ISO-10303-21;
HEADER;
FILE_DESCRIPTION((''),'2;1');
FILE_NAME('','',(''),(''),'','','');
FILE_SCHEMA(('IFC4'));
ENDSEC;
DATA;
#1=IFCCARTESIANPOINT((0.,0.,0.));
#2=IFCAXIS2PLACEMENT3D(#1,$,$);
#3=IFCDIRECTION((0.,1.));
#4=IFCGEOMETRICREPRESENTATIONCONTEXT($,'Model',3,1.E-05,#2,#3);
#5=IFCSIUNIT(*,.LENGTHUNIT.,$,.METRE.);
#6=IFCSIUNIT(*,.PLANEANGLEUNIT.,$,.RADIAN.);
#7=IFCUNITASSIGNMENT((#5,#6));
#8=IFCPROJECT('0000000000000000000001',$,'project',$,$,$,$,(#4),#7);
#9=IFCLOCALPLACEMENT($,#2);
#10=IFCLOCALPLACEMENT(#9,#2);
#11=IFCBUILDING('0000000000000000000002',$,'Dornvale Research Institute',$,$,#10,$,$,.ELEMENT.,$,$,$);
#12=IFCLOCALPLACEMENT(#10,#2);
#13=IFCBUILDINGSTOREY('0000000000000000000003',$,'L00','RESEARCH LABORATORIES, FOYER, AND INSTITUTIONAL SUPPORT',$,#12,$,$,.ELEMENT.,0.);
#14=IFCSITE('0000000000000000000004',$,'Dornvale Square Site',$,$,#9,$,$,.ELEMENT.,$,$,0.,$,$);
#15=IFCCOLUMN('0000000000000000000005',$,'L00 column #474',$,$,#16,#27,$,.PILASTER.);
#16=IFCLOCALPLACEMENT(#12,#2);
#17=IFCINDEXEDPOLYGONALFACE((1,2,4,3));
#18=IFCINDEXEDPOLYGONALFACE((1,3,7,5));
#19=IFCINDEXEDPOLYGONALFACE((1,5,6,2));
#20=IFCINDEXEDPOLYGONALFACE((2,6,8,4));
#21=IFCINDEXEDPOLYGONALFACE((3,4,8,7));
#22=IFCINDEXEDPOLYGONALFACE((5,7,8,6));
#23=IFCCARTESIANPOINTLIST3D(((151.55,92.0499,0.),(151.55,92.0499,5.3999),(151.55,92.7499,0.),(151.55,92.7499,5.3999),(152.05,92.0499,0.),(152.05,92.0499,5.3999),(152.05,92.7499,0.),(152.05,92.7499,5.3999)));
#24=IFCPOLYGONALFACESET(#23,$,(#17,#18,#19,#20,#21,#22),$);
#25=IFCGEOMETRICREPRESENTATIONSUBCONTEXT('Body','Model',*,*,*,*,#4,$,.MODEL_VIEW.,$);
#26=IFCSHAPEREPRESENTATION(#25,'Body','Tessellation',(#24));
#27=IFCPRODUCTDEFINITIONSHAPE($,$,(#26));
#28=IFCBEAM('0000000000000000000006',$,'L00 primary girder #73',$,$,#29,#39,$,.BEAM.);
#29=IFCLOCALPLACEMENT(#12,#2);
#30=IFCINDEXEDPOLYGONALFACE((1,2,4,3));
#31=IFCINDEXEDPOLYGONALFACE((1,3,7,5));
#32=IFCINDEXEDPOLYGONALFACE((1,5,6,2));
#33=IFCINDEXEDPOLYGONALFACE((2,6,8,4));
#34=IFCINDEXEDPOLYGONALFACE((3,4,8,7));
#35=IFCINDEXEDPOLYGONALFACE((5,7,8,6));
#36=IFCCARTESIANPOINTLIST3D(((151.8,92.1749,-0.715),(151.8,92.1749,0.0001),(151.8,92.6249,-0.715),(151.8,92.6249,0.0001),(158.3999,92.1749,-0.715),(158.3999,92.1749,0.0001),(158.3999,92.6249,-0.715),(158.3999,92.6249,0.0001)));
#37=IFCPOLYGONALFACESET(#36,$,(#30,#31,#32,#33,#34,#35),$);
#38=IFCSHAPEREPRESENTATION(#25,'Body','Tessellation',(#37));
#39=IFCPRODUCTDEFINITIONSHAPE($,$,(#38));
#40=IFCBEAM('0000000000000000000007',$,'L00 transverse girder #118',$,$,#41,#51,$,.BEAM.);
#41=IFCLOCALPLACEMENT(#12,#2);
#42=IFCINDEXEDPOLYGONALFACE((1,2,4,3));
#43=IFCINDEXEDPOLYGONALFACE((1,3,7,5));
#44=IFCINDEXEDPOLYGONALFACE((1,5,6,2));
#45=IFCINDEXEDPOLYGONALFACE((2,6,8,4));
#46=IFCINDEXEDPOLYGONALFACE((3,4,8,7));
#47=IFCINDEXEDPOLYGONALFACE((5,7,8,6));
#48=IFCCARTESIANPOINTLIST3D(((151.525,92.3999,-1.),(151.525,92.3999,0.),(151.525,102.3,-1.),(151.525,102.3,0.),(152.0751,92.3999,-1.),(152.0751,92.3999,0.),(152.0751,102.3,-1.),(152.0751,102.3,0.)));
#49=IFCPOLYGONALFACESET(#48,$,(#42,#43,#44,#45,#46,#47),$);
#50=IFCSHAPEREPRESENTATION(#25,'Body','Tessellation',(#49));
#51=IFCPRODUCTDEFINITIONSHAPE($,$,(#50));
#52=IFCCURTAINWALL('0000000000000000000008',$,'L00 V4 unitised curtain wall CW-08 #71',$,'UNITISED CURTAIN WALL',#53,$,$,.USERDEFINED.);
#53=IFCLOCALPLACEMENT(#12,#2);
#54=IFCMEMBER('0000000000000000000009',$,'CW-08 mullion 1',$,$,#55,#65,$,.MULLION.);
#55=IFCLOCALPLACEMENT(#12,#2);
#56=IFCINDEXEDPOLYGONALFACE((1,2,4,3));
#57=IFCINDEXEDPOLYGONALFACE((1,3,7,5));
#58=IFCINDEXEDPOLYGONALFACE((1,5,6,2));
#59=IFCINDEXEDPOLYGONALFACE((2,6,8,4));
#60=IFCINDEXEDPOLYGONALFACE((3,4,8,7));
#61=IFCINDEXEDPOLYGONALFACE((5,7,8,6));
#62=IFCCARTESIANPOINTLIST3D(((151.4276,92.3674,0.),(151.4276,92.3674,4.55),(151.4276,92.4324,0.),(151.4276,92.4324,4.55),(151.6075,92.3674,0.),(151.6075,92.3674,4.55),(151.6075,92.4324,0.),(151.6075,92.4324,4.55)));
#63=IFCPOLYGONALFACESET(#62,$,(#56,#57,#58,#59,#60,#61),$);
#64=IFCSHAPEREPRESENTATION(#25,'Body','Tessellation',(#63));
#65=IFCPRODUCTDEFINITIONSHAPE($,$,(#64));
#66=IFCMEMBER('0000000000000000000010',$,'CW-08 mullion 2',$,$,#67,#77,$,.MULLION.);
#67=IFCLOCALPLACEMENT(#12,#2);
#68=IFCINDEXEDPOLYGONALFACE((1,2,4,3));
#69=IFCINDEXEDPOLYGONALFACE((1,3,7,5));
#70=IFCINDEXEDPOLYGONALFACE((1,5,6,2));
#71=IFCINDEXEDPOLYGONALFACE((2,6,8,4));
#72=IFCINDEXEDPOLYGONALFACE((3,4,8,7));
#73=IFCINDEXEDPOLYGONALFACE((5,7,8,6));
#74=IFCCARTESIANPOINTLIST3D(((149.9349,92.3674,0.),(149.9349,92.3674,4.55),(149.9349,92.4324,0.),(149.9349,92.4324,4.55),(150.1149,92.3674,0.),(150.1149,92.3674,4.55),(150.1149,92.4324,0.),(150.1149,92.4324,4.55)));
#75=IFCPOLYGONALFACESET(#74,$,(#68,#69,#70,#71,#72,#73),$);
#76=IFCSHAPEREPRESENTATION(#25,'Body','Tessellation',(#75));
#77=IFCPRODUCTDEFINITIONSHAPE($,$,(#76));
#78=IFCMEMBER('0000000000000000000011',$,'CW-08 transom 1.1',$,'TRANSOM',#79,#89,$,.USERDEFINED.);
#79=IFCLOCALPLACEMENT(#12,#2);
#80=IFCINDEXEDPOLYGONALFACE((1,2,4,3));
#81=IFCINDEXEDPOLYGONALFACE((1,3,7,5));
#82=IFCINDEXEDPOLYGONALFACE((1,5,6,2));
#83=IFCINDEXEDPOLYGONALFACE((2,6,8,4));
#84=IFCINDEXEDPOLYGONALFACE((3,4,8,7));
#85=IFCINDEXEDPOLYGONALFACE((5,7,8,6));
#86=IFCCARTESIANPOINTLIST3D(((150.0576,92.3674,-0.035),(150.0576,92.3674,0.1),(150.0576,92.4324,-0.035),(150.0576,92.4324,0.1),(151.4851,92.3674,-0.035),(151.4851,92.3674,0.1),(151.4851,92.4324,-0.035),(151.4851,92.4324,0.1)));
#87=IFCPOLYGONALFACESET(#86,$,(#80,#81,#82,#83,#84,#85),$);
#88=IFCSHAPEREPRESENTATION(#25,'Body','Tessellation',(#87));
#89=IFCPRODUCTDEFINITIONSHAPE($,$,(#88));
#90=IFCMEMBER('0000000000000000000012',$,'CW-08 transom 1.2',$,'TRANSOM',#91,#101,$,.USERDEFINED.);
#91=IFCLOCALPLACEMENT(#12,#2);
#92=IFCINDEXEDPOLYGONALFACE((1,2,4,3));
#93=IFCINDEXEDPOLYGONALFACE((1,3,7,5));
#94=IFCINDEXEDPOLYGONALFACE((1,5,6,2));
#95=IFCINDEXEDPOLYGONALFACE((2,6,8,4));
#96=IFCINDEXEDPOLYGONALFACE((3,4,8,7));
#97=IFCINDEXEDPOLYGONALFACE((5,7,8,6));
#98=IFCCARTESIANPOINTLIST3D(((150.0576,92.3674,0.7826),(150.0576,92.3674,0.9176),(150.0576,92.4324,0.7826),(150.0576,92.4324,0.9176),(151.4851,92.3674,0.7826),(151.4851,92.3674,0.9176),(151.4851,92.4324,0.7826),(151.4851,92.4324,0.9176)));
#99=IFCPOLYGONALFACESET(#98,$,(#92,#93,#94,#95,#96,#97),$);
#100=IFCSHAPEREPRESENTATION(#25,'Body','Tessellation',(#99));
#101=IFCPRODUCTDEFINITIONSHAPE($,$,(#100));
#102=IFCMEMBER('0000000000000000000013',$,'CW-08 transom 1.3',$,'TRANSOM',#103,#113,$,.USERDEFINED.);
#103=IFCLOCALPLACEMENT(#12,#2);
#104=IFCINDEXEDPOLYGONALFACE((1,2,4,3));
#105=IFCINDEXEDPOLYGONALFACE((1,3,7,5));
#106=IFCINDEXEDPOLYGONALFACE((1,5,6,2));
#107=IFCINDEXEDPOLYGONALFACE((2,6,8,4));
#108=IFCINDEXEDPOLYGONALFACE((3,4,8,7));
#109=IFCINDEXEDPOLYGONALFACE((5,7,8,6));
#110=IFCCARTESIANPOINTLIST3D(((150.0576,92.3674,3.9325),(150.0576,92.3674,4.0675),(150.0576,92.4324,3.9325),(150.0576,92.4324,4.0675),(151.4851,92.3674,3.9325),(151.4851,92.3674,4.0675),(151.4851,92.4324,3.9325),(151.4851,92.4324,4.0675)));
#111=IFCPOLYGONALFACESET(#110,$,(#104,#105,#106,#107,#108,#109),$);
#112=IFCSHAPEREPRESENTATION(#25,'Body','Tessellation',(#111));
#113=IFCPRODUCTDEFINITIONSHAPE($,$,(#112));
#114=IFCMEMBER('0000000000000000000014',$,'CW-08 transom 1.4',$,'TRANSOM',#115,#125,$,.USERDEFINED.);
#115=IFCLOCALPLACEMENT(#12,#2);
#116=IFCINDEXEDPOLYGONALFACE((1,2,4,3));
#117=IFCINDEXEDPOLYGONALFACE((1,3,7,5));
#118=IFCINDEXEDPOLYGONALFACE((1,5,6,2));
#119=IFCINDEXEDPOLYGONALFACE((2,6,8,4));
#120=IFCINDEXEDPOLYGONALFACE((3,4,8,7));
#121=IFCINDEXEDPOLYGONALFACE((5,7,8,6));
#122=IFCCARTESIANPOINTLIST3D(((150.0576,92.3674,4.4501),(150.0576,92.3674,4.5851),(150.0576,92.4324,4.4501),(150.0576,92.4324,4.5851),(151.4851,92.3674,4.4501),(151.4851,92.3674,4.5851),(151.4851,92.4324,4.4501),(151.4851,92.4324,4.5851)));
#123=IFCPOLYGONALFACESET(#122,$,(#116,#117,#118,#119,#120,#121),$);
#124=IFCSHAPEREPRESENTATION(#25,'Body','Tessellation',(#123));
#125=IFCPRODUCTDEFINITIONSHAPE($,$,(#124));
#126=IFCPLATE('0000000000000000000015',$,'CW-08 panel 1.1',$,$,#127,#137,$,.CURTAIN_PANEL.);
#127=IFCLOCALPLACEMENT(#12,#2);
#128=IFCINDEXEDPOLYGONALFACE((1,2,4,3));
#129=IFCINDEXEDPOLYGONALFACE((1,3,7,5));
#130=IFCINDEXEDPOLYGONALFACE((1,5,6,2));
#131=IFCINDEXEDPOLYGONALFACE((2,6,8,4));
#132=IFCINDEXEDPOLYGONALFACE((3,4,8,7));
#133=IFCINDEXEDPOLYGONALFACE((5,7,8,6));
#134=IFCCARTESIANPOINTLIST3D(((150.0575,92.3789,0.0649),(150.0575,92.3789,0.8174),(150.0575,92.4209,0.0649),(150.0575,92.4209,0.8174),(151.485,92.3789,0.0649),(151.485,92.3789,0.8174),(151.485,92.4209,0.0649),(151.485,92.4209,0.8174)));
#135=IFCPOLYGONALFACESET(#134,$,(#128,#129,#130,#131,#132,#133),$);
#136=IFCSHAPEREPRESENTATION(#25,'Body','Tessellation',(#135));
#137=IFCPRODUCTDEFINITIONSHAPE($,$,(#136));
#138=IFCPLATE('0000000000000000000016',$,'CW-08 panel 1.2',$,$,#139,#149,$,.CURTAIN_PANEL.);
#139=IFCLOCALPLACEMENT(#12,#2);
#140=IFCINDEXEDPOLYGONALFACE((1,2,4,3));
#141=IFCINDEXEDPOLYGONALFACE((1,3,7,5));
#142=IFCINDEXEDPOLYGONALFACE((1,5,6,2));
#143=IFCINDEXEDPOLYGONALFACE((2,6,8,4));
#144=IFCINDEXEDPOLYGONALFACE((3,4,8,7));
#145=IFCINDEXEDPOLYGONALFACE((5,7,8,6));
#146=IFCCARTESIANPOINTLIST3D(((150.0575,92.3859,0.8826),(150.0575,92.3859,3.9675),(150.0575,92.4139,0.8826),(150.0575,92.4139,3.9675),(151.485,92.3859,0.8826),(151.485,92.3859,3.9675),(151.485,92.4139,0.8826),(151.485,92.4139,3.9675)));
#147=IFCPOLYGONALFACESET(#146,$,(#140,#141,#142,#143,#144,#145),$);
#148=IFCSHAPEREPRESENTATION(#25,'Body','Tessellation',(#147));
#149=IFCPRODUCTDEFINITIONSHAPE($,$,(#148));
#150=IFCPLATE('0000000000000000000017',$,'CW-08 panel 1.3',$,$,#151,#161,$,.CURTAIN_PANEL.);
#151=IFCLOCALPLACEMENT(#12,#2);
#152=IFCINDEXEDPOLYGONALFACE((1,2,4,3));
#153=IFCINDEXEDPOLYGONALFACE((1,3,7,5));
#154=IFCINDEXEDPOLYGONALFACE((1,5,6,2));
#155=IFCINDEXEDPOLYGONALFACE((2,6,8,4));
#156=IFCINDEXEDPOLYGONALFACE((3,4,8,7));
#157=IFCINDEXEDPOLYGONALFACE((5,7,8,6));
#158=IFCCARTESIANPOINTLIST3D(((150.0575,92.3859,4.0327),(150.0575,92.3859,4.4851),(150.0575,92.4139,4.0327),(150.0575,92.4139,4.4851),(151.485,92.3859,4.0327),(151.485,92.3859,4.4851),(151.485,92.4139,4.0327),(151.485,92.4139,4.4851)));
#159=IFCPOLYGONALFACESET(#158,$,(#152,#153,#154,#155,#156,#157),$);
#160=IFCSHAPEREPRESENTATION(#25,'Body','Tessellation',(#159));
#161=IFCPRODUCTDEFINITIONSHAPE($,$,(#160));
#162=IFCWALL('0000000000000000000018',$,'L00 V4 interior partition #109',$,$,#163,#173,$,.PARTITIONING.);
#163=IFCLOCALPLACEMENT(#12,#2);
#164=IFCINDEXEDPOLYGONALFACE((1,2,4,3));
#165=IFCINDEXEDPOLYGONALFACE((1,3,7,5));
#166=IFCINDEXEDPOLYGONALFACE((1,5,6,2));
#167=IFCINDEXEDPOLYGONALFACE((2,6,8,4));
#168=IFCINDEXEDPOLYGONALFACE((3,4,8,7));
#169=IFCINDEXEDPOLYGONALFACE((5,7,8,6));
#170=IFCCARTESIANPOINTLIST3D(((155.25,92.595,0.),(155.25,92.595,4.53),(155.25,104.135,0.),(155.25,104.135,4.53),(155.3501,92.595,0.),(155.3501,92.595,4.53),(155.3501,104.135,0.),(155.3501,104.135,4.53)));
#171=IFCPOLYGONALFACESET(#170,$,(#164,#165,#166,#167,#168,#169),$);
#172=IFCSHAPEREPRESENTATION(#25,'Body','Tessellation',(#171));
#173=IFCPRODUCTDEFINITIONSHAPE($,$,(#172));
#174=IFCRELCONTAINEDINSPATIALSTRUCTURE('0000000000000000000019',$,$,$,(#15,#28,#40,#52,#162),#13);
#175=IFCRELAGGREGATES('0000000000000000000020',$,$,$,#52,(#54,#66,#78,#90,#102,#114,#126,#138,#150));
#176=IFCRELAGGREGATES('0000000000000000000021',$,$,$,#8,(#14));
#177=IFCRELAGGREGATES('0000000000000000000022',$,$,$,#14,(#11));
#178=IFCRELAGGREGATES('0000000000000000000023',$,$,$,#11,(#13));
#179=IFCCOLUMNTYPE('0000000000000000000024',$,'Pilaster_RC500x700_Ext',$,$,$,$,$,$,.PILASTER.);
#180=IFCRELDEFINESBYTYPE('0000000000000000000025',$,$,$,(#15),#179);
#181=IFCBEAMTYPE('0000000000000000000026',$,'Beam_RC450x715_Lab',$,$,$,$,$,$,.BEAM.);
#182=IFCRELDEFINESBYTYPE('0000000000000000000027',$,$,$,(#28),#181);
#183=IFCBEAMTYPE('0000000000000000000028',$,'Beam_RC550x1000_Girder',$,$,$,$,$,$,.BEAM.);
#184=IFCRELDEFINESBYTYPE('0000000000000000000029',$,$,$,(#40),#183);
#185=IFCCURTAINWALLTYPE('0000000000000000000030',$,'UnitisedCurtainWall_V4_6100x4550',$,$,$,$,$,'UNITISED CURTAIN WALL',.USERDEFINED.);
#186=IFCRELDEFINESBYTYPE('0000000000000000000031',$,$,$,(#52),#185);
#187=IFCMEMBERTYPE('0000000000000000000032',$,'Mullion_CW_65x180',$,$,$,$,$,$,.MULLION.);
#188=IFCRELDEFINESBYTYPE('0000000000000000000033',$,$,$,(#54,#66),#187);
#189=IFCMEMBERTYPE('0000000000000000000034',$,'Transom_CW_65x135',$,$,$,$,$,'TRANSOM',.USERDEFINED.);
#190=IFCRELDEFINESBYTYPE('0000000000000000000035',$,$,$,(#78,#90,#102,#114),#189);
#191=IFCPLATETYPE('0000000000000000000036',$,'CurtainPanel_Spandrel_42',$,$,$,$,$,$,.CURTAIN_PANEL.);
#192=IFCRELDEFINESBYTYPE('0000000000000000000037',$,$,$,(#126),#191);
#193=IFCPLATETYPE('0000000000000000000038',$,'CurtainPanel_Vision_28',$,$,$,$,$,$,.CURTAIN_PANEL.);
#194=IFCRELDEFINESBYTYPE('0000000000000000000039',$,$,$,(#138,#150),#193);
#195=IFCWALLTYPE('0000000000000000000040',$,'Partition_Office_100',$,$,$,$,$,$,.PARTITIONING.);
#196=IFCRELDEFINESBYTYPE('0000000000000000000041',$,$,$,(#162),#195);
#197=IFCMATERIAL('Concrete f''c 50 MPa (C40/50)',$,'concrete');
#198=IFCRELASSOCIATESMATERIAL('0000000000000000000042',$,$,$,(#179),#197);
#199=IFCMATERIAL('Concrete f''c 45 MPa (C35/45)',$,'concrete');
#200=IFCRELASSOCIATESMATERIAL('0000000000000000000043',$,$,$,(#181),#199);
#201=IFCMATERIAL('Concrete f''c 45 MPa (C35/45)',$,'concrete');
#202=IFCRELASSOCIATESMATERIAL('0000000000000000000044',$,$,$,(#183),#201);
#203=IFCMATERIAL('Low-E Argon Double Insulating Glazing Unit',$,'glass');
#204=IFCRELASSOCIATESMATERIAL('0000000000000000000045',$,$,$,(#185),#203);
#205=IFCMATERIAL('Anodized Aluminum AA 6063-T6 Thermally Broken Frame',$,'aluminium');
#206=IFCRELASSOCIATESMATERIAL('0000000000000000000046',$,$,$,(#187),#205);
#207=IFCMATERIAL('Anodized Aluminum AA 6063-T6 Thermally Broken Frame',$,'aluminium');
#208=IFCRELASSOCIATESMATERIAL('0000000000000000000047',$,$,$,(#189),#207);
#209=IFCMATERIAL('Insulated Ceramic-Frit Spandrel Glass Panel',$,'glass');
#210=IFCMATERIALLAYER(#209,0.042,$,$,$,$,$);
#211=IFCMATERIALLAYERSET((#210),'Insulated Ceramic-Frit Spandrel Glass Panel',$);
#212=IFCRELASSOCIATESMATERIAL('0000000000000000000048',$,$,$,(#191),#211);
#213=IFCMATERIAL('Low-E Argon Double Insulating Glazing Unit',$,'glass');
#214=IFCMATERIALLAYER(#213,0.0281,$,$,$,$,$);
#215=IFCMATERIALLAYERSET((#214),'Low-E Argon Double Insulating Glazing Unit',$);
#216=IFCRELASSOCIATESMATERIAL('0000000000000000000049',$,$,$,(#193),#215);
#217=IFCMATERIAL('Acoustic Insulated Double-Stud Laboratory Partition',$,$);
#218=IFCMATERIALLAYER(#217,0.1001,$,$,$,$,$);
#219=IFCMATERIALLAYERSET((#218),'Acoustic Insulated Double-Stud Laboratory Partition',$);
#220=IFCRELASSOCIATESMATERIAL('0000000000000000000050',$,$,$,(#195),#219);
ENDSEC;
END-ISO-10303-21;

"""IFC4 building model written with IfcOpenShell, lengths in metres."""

from ifc_helpers import new_model, si_unit, direction, frame, frame_2d, origin, origin_2d, place, context, subcontext, project, spatial, rectangle, extrude, material, layer, layer_set, material_profile, profile_set, type_object, element, aggregate, save


model = new_model("IFC4")

# Units and contexts
model_context = context("Model", 3, precision=1e-05, world=origin(), true_north=direction((0.0, 1.0)))
body_context = subcontext(model_context, "Body", "Model", "MODEL_VIEW")
ifc_project = project(units=[si_unit("LENGTHUNIT", "METRE"), si_unit("PLANEANGLEUNIT", "RADIAN")], contexts=[model_context])

# Site, building, storey
site_placement = place(None, origin())
site = spatial("IfcSite", under=ifc_project, at=site_placement, Name="Dornvale Square Site", CompositionType="ELEMENT", RefElevation=0.0)
building_placement = place(site_placement, origin())
building = spatial("IfcBuilding", under=site, at=building_placement, Name="Dornvale Research Institute", CompositionType="ELEMENT")
storey_placement = place(building_placement, origin())
storey = spatial("IfcBuildingStorey", under=building, at=storey_placement, Name="L00", Description="RESEARCH LABORATORIES, FOYER, AND INSTITUTIONAL SUPPORT", CompositionType="ELEMENT", Elevation=0.0)

# Column
ifc_material_1 = material(Name="Concrete f'c 50 MPa (C40/50)", Category="concrete")
ifc_material_profile_1 = material_profile(ifc_material_1, rectangle(XDim=0.5, YDim=0.7, at=origin_2d()), Name="RC 500x700")
ifc_profile_set_1 = profile_set([ifc_material_profile_1], Name="Concrete f'c 50 MPa (C40/50)")
column_type = type_object("IfcColumnType", Name="Pilaster_RC500x700_Ext", PredefinedType="PILASTER", material=ifc_profile_set_1)
column_placement = place(storey_placement, frame((151.8, 92.3999, 0.0), z_axis=(0.0, 0.0, 1.0), x_axis=(1.0, 0.0, 0.0)))
element("IfcColumn", 1, at=column_placement, inside=storey, type_object=column_type, Name="L00 column #474", PredefinedType="PILASTER", context=body_context, shape_type="SweptSolid", body=[
    extrude(rectangle(XDim=0.5, YDim=0.7, at=origin_2d()), origin(), (0.0, 0.0, 1.0), 5.3999),
])

# Beams
ifc_material_2 = material(Name="Concrete f'c 45 MPa (C35/45)", Category="concrete")
ifc_material_profile_2 = material_profile(ifc_material_2, rectangle(XDim=0.45, YDim=0.7151, at=origin_2d()), Name="RC 450x715")
ifc_profile_set_2 = profile_set([ifc_material_profile_2], Name="Concrete f'c 45 MPa (C35/45)")
beam_type_1 = type_object("IfcBeamType", Name="Beam_RC450x715_Lab", PredefinedType="BEAM", material=ifc_profile_set_2)
beam_1_placement = place(storey_placement, frame((151.8, 92.3999, -0.3574), z_axis=(1.0, 0.0, 0.0), x_axis=(0.0, 1.0, 0.0)))
element("IfcBeam", 2, at=beam_1_placement, inside=storey, type_object=beam_type_1, Name="L00 primary girder #73", PredefinedType="BEAM", context=body_context, shape_type="SweptSolid", body=[
    extrude(rectangle(XDim=0.45, YDim=0.7151, at=origin_2d()), origin(), (0.0, 0.0, 1.0), 6.5999),
])
ifc_material_3 = material(Name="Concrete f'c 45 MPa (C35/45)", Category="concrete")
ifc_material_profile_3 = material_profile(ifc_material_3, rectangle(XDim=0.55, YDim=1.0, at=origin_2d()), Name="RC 550x1000")
ifc_profile_set_3 = profile_set([ifc_material_profile_3], Name="Concrete f'c 45 MPa (C35/45)")
beam_type_2 = type_object("IfcBeamType", Name="Beam_RC550x1000_Girder", PredefinedType="BEAM", material=ifc_profile_set_3)
beam_2_placement = place(storey_placement, frame((151.8, 92.3999, -0.5), z_axis=(0.0, 1.0, 0.0), x_axis=(-1.0, 0.0, 0.0)))
element("IfcBeam", 3, at=beam_2_placement, inside=storey, type_object=beam_type_2, Name="L00 transverse girder #118", PredefinedType="BEAM", context=body_context, shape_type="SweptSolid", body=[
    extrude(rectangle(XDim=0.55, YDim=1.0, at=origin_2d()), origin(), (0.0, 0.0, 1.0), 9.9001),
])

# Curtain wall, members, plates
ifc_material_4 = material(Name="Low-E Argon Double Insulating Glazing Unit", Category="glass")
curtain_wall_type = type_object("IfcCurtainWallType", Name="UnitisedCurtainWall_V4_6100x4550", ElementType="UNITISED CURTAIN WALL", PredefinedType="USERDEFINED", material=ifc_material_4)
curtain_wall_placement = place(storey_placement, origin())
curtain_wall = element("IfcCurtainWall", 4, at=curtain_wall_placement, inside=storey, type_object=curtain_wall_type, Name="L00 V4 unitised curtain wall CW-08 #71", ObjectType="UNITISED CURTAIN WALL", PredefinedType="USERDEFINED")
ifc_material_5 = material(Name="Anodized Aluminum AA 6063-T6 Thermally Broken Frame", Category="aluminium")
ifc_material_profile_4 = material_profile(ifc_material_5, rectangle(XDim=0.0649, YDim=0.1799, at=origin_2d()), Name="ALU MULLION 65x180")
ifc_profile_set_4 = profile_set([ifc_material_profile_4], Name="Anodized Aluminum AA 6063-T6 Thermally Broken Frame")
member_type_1 = type_object("IfcMemberType", Name="Mullion_CW_65x180", PredefinedType="MULLION", material=ifc_profile_set_4)
member_1_placement = place(storey_placement, frame((151.5176, 92.3999, 0.0), z_axis=(0.0, 0.0, 1.0), x_axis=(0.0, -1.0, 0.0)))
member_1 = element("IfcMember", 5, at=member_1_placement, type_object=member_type_1, Name="CW-08 mullion 1", PredefinedType="MULLION", context=body_context, shape_type="SweptSolid", body=[
    extrude(rectangle(XDim=0.0649, YDim=0.1799, at=origin_2d()), origin(), (0.0, 0.0, 1.0), 4.55),
])
member_2_placement = place(storey_placement, frame((150.0249, 92.3999, 0.0), z_axis=(0.0, 0.0, 1.0), x_axis=(0.0, -1.0, 0.0)))
member_2 = element("IfcMember", 6, at=member_2_placement, type_object=member_type_1, Name="CW-08 mullion 2", PredefinedType="MULLION", context=body_context, shape_type="SweptSolid", body=[
    extrude(rectangle(XDim=0.0649, YDim=0.1799, at=origin_2d()), origin(), (0.0, 0.0, 1.0), 4.55),
])
ifc_material_6 = material(Name="Anodized Aluminum AA 6063-T6 Thermally Broken Frame", Category="aluminium")
ifc_material_profile_5 = material_profile(ifc_material_6, rectangle(XDim=0.0649, YDim=0.135, at=origin_2d()), Name="ALU TRANSOM 65x135")
ifc_profile_set_5 = profile_set([ifc_material_profile_5], Name="Anodized Aluminum AA 6063-T6 Thermally Broken Frame")
member_type_2 = type_object("IfcMemberType", Name="Transom_CW_65x135", ElementType="TRANSOM", PredefinedType="USERDEFINED", material=ifc_profile_set_5)
member_3_placement = place(storey_placement, frame((151.4851, 92.3999, 0.0325), z_axis=(-1.0, 0.0, 0.0), x_axis=(0.0, -1.0, 0.0)))
member_3 = element("IfcMember", 7, at=member_3_placement, type_object=member_type_2, Name="CW-08 transom 1.1", ObjectType="TRANSOM", PredefinedType="USERDEFINED", context=body_context, shape_type="SweptSolid", body=[
    extrude(rectangle(XDim=0.0649, YDim=0.135, at=origin_2d()), origin(), (0.0, 0.0, 1.0), 1.4275),
])
member_4_placement = place(storey_placement, frame((151.4851, 92.3999, 0.8501), z_axis=(-1.0, 0.0, 0.0), x_axis=(0.0, -1.0, 0.0)))
member_4 = element("IfcMember", 8, at=member_4_placement, type_object=member_type_2, Name="CW-08 transom 1.2", ObjectType="TRANSOM", PredefinedType="USERDEFINED", context=body_context, shape_type="SweptSolid", body=[
    extrude(rectangle(XDim=0.0649, YDim=0.135, at=origin_2d()), origin(), (0.0, 0.0, 1.0), 1.4275),
])
member_5_placement = place(storey_placement, frame((151.4851, 92.3999, 4.0), z_axis=(-1.0, 0.0, 0.0), x_axis=(0.0, -1.0, 0.0)))
member_5 = element("IfcMember", 9, at=member_5_placement, type_object=member_type_2, Name="CW-08 transom 1.3", ObjectType="TRANSOM", PredefinedType="USERDEFINED", context=body_context, shape_type="SweptSolid", body=[
    extrude(rectangle(XDim=0.0649, YDim=0.135, at=origin_2d()), origin(), (0.0, 0.0, 1.0), 1.4275),
])
member_6_placement = place(storey_placement, frame((151.4851, 92.3999, 4.5176), z_axis=(-1.0, 0.0, 0.0), x_axis=(0.0, -1.0, 0.0)))
member_6 = element("IfcMember", 10, at=member_6_placement, type_object=member_type_2, Name="CW-08 transom 1.4", ObjectType="TRANSOM", PredefinedType="USERDEFINED", context=body_context, shape_type="SweptSolid", body=[
    extrude(rectangle(XDim=0.0649, YDim=0.135, at=origin_2d()), origin(), (0.0, 0.0, 1.0), 1.4275),
])
ifc_material_7 = material(Name="Insulated Ceramic-Frit Spandrel Glass Panel", Category="glass")
ifc_layer_1 = layer(ifc_material_7, 0.042)
ifc_layer_set_1 = layer_set([ifc_layer_1], Name="Insulated Ceramic-Frit Spandrel Glass Panel")
plate_type_1 = type_object("IfcPlateType", Name="CurtainPanel_Spandrel_42", PredefinedType="CURTAIN_PANEL", material=ifc_layer_set_1)
plate_1_placement = place(storey_placement, frame((150.7712, 92.3999, 0.0649), z_axis=(0.0, 0.0, 1.0), x_axis=(-1.0, 0.0, 0.0)))
plate_1 = element("IfcPlate", 11, at=plate_1_placement, type_object=plate_type_1, Name="CW-08 panel 1.1", PredefinedType="CURTAIN_PANEL", context=body_context, shape_type="SweptSolid", body=[
    extrude(rectangle(XDim=1.4275, YDim=0.042, at=origin_2d()), origin(), (0.0, 0.0, 1.0), 0.7524),
])
ifc_material_8 = material(Name="Low-E Argon Double Insulating Glazing Unit", Category="glass")
ifc_layer_2 = layer(ifc_material_8, 0.0281)
ifc_layer_set_2 = layer_set([ifc_layer_2], Name="Low-E Argon Double Insulating Glazing Unit")
plate_type_2 = type_object("IfcPlateType", Name="CurtainPanel_Vision_28", PredefinedType="CURTAIN_PANEL", material=ifc_layer_set_2)
plate_2_placement = place(storey_placement, frame((150.7712, 92.3999, 0.8826), z_axis=(0.0, 0.0, 1.0), x_axis=(-1.0, 0.0, 0.0)))
plate_2 = element("IfcPlate", 12, at=plate_2_placement, type_object=plate_type_2, Name="CW-08 panel 1.2", PredefinedType="CURTAIN_PANEL", context=body_context, shape_type="SweptSolid", body=[
    extrude(rectangle(XDim=1.4275, YDim=0.0281, at=origin_2d()), origin(), (0.0, 0.0, 1.0), 3.085),
])
plate_3_placement = place(storey_placement, frame((150.7712, 92.3999, 4.0327), z_axis=(0.0, 0.0, 1.0), x_axis=(-1.0, 0.0, 0.0)))
plate_3 = element("IfcPlate", 13, at=plate_3_placement, type_object=plate_type_2, Name="CW-08 panel 1.3", PredefinedType="CURTAIN_PANEL", context=body_context, shape_type="SweptSolid", body=[
    extrude(rectangle(XDim=1.4275, YDim=0.0281, at=origin_2d()), origin(), (0.0, 0.0, 1.0), 0.4524),
])
aggregate(curtain_wall, [member_1, member_2, member_3, member_4, member_5, member_6, plate_1, plate_2, plate_3])

# Wall
ifc_material_9 = material(Name="Acoustic Insulated Double-Stud Laboratory Partition")
ifc_layer_3 = layer(ifc_material_9, 0.1001)
ifc_layer_set_3 = layer_set([ifc_layer_3], Name="Acoustic Insulated Double-Stud Laboratory Partition")
wall_type_1 = type_object("IfcWallType", Name="Partition_Office_100", PredefinedType="PARTITIONING", material=ifc_layer_set_3)
wall_1_placement = place(storey_placement, frame((155.3, 92.595, 0.0), z_axis=(0.0, 0.0, 1.0), x_axis=(0.0, 1.0, 0.0)))
element("IfcWall", 14, at=wall_1_placement, inside=storey, type_object=wall_type_1, Name="L00 V4 interior partition #109", PredefinedType="PARTITIONING", context=body_context, shape_type="SweptSolid", body=[
    extrude(rectangle(XDim=11.54, YDim=0.1001, at=frame_2d((5.77, 0.0))), origin(), (0.0, 0.0, 1.0), 4.53),
])

save(model, "model.ifc")
